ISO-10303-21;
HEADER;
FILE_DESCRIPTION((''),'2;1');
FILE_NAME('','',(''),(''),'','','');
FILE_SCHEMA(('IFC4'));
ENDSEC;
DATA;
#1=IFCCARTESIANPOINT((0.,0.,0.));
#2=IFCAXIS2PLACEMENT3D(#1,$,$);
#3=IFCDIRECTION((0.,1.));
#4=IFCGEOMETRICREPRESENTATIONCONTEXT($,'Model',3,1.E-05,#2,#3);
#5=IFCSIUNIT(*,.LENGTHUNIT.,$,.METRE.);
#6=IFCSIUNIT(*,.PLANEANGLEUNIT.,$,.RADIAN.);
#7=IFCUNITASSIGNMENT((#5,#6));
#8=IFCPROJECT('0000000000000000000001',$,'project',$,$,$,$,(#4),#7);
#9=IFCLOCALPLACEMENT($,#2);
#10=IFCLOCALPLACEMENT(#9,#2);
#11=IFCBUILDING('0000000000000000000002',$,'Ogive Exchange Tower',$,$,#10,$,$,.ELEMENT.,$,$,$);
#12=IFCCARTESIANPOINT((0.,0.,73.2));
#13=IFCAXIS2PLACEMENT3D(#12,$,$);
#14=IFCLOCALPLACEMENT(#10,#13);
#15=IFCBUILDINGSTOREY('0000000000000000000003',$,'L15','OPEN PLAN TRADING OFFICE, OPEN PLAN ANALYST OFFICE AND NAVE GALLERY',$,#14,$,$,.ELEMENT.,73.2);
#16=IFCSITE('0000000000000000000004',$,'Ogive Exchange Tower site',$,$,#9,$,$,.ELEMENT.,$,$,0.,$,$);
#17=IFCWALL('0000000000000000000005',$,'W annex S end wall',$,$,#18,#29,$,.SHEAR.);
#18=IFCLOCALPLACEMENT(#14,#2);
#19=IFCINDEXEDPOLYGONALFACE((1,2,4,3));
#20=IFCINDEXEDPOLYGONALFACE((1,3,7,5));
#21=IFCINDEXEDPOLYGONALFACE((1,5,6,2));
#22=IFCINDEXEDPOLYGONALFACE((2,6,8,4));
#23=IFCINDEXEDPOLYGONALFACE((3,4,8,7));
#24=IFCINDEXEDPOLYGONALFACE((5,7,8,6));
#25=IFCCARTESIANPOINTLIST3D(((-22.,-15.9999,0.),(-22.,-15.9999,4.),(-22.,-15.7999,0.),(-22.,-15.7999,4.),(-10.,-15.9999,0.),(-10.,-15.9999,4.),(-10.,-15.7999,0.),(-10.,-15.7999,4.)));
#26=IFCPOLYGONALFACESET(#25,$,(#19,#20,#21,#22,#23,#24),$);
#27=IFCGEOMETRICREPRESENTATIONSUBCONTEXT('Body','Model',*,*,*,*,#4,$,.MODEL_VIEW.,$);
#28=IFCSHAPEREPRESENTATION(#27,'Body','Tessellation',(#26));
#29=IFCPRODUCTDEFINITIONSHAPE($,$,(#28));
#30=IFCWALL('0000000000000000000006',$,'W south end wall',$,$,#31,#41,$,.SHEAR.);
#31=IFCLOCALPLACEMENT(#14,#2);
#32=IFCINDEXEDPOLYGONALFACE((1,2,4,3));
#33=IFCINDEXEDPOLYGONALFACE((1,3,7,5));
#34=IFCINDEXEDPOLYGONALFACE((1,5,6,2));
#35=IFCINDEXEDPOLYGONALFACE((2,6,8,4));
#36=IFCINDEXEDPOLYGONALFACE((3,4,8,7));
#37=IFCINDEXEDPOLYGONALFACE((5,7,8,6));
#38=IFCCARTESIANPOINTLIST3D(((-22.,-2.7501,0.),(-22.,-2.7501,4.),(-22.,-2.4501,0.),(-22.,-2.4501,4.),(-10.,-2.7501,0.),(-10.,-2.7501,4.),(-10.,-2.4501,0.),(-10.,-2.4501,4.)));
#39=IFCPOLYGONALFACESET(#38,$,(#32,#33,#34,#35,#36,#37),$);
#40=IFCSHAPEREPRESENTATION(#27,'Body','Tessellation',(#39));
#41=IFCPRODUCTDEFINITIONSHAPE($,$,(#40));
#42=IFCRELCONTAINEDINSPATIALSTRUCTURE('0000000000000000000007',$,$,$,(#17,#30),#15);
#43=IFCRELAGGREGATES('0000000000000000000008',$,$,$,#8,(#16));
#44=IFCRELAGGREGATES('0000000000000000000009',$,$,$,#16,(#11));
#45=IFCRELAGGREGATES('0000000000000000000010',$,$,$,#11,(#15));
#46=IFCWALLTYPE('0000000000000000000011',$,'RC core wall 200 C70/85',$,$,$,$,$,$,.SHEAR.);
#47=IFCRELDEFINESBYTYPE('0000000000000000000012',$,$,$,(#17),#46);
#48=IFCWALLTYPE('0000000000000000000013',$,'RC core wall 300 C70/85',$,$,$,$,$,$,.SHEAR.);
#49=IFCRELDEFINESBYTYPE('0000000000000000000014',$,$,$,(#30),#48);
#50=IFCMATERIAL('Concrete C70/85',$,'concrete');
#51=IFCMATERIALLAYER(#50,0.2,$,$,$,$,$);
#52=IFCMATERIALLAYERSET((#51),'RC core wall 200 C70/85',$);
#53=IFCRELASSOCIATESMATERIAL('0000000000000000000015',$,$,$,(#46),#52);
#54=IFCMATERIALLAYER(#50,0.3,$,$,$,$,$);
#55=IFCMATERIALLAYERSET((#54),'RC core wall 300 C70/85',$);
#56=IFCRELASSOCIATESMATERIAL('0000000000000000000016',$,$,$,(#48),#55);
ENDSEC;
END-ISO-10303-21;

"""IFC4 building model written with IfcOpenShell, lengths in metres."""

from ifc_helpers import new_model, si_unit, direction, frame, frame_2d, origin, place, context, subcontext, project, spatial, rectangle, extrude, material, layer, layer_set, type_object, element, save


model = new_model("IFC4")

# Units and contexts
model_context = context("Model", 3, precision=1e-05, world=origin(), true_north=direction((0.0, 1.0)))
body_context = subcontext(model_context, "Body", "Model", "MODEL_VIEW")
ifc_project = project(units=[si_unit("LENGTHUNIT", "METRE"), si_unit("PLANEANGLEUNIT", "RADIAN")], contexts=[model_context])

# Site, building, storey
site_placement = place(None, origin())
site = spatial("IfcSite", under=ifc_project, at=site_placement, Name="Ogive Exchange Tower site", CompositionType="ELEMENT", RefElevation=0.0)
building_placement = place(site_placement, origin())
building = spatial("IfcBuilding", under=site, at=building_placement, Name="Ogive Exchange Tower", CompositionType="ELEMENT")
storey_placement = place(building_placement, frame((0.0, 0.0, 73.2)))
storey = spatial("IfcBuildingStorey", under=building, at=storey_placement, Name="L15", Description="OPEN PLAN TRADING OFFICE, OPEN PLAN ANALYST OFFICE AND NAVE GALLERY", CompositionType="ELEMENT", Elevation=73.2)

# Shared definitions
ifc_material_1 = material(Name="Concrete C70/85", Category="concrete")
ifc_layer_1 = layer(ifc_material_1, 0.2)
ifc_layer_set_1 = layer_set([ifc_layer_1], Name="RC core wall 200 C70/85")
wall_type_1 = type_object("IfcWallType", Name="RC core wall 200 C70/85", PredefinedType="SHEAR", material=ifc_layer_set_1)

# Walls
wall_1_placement = place(storey_placement, frame((-22.0, -15.8999, 0.0), z_axis=(0.0, 0.0, 1.0), x_axis=(1.0, 0.0, 0.0)))
element("IfcWall", 1, at=wall_1_placement, inside=storey, type_object=wall_type_1, Name="W annex S end wall", PredefinedType="SHEAR", context=body_context, shape_type="SweptSolid", body=[
    extrude(rectangle(XDim=12.0, YDim=0.2, at=frame_2d((6.0, 0.0))), origin(), (0.0, 0.0, 1.0), 4.0),
])
ifc_layer_2 = layer(ifc_material_1, 0.3)
ifc_layer_set_2 = layer_set([ifc_layer_2], Name="RC core wall 300 C70/85")
wall_type_2 = type_object("IfcWallType", Name="RC core wall 300 C70/85", PredefinedType="SHEAR", material=ifc_layer_set_2)
wall_2_placement = place(storey_placement, frame((-22.0, -2.6001, 0.0), z_axis=(0.0, 0.0, 1.0), x_axis=(1.0, 0.0, 0.0)))
element("IfcWall", 2, at=wall_2_placement, inside=storey, type_object=wall_type_2, Name="W south end wall", PredefinedType="SHEAR", context=body_context, shape_type="SweptSolid", body=[
    extrude(rectangle(XDim=12.0, YDim=0.3, at=frame_2d((6.0, 0.0))), origin(), (0.0, 0.0, 1.0), 4.0),
])

save(model, "model.ifc")
